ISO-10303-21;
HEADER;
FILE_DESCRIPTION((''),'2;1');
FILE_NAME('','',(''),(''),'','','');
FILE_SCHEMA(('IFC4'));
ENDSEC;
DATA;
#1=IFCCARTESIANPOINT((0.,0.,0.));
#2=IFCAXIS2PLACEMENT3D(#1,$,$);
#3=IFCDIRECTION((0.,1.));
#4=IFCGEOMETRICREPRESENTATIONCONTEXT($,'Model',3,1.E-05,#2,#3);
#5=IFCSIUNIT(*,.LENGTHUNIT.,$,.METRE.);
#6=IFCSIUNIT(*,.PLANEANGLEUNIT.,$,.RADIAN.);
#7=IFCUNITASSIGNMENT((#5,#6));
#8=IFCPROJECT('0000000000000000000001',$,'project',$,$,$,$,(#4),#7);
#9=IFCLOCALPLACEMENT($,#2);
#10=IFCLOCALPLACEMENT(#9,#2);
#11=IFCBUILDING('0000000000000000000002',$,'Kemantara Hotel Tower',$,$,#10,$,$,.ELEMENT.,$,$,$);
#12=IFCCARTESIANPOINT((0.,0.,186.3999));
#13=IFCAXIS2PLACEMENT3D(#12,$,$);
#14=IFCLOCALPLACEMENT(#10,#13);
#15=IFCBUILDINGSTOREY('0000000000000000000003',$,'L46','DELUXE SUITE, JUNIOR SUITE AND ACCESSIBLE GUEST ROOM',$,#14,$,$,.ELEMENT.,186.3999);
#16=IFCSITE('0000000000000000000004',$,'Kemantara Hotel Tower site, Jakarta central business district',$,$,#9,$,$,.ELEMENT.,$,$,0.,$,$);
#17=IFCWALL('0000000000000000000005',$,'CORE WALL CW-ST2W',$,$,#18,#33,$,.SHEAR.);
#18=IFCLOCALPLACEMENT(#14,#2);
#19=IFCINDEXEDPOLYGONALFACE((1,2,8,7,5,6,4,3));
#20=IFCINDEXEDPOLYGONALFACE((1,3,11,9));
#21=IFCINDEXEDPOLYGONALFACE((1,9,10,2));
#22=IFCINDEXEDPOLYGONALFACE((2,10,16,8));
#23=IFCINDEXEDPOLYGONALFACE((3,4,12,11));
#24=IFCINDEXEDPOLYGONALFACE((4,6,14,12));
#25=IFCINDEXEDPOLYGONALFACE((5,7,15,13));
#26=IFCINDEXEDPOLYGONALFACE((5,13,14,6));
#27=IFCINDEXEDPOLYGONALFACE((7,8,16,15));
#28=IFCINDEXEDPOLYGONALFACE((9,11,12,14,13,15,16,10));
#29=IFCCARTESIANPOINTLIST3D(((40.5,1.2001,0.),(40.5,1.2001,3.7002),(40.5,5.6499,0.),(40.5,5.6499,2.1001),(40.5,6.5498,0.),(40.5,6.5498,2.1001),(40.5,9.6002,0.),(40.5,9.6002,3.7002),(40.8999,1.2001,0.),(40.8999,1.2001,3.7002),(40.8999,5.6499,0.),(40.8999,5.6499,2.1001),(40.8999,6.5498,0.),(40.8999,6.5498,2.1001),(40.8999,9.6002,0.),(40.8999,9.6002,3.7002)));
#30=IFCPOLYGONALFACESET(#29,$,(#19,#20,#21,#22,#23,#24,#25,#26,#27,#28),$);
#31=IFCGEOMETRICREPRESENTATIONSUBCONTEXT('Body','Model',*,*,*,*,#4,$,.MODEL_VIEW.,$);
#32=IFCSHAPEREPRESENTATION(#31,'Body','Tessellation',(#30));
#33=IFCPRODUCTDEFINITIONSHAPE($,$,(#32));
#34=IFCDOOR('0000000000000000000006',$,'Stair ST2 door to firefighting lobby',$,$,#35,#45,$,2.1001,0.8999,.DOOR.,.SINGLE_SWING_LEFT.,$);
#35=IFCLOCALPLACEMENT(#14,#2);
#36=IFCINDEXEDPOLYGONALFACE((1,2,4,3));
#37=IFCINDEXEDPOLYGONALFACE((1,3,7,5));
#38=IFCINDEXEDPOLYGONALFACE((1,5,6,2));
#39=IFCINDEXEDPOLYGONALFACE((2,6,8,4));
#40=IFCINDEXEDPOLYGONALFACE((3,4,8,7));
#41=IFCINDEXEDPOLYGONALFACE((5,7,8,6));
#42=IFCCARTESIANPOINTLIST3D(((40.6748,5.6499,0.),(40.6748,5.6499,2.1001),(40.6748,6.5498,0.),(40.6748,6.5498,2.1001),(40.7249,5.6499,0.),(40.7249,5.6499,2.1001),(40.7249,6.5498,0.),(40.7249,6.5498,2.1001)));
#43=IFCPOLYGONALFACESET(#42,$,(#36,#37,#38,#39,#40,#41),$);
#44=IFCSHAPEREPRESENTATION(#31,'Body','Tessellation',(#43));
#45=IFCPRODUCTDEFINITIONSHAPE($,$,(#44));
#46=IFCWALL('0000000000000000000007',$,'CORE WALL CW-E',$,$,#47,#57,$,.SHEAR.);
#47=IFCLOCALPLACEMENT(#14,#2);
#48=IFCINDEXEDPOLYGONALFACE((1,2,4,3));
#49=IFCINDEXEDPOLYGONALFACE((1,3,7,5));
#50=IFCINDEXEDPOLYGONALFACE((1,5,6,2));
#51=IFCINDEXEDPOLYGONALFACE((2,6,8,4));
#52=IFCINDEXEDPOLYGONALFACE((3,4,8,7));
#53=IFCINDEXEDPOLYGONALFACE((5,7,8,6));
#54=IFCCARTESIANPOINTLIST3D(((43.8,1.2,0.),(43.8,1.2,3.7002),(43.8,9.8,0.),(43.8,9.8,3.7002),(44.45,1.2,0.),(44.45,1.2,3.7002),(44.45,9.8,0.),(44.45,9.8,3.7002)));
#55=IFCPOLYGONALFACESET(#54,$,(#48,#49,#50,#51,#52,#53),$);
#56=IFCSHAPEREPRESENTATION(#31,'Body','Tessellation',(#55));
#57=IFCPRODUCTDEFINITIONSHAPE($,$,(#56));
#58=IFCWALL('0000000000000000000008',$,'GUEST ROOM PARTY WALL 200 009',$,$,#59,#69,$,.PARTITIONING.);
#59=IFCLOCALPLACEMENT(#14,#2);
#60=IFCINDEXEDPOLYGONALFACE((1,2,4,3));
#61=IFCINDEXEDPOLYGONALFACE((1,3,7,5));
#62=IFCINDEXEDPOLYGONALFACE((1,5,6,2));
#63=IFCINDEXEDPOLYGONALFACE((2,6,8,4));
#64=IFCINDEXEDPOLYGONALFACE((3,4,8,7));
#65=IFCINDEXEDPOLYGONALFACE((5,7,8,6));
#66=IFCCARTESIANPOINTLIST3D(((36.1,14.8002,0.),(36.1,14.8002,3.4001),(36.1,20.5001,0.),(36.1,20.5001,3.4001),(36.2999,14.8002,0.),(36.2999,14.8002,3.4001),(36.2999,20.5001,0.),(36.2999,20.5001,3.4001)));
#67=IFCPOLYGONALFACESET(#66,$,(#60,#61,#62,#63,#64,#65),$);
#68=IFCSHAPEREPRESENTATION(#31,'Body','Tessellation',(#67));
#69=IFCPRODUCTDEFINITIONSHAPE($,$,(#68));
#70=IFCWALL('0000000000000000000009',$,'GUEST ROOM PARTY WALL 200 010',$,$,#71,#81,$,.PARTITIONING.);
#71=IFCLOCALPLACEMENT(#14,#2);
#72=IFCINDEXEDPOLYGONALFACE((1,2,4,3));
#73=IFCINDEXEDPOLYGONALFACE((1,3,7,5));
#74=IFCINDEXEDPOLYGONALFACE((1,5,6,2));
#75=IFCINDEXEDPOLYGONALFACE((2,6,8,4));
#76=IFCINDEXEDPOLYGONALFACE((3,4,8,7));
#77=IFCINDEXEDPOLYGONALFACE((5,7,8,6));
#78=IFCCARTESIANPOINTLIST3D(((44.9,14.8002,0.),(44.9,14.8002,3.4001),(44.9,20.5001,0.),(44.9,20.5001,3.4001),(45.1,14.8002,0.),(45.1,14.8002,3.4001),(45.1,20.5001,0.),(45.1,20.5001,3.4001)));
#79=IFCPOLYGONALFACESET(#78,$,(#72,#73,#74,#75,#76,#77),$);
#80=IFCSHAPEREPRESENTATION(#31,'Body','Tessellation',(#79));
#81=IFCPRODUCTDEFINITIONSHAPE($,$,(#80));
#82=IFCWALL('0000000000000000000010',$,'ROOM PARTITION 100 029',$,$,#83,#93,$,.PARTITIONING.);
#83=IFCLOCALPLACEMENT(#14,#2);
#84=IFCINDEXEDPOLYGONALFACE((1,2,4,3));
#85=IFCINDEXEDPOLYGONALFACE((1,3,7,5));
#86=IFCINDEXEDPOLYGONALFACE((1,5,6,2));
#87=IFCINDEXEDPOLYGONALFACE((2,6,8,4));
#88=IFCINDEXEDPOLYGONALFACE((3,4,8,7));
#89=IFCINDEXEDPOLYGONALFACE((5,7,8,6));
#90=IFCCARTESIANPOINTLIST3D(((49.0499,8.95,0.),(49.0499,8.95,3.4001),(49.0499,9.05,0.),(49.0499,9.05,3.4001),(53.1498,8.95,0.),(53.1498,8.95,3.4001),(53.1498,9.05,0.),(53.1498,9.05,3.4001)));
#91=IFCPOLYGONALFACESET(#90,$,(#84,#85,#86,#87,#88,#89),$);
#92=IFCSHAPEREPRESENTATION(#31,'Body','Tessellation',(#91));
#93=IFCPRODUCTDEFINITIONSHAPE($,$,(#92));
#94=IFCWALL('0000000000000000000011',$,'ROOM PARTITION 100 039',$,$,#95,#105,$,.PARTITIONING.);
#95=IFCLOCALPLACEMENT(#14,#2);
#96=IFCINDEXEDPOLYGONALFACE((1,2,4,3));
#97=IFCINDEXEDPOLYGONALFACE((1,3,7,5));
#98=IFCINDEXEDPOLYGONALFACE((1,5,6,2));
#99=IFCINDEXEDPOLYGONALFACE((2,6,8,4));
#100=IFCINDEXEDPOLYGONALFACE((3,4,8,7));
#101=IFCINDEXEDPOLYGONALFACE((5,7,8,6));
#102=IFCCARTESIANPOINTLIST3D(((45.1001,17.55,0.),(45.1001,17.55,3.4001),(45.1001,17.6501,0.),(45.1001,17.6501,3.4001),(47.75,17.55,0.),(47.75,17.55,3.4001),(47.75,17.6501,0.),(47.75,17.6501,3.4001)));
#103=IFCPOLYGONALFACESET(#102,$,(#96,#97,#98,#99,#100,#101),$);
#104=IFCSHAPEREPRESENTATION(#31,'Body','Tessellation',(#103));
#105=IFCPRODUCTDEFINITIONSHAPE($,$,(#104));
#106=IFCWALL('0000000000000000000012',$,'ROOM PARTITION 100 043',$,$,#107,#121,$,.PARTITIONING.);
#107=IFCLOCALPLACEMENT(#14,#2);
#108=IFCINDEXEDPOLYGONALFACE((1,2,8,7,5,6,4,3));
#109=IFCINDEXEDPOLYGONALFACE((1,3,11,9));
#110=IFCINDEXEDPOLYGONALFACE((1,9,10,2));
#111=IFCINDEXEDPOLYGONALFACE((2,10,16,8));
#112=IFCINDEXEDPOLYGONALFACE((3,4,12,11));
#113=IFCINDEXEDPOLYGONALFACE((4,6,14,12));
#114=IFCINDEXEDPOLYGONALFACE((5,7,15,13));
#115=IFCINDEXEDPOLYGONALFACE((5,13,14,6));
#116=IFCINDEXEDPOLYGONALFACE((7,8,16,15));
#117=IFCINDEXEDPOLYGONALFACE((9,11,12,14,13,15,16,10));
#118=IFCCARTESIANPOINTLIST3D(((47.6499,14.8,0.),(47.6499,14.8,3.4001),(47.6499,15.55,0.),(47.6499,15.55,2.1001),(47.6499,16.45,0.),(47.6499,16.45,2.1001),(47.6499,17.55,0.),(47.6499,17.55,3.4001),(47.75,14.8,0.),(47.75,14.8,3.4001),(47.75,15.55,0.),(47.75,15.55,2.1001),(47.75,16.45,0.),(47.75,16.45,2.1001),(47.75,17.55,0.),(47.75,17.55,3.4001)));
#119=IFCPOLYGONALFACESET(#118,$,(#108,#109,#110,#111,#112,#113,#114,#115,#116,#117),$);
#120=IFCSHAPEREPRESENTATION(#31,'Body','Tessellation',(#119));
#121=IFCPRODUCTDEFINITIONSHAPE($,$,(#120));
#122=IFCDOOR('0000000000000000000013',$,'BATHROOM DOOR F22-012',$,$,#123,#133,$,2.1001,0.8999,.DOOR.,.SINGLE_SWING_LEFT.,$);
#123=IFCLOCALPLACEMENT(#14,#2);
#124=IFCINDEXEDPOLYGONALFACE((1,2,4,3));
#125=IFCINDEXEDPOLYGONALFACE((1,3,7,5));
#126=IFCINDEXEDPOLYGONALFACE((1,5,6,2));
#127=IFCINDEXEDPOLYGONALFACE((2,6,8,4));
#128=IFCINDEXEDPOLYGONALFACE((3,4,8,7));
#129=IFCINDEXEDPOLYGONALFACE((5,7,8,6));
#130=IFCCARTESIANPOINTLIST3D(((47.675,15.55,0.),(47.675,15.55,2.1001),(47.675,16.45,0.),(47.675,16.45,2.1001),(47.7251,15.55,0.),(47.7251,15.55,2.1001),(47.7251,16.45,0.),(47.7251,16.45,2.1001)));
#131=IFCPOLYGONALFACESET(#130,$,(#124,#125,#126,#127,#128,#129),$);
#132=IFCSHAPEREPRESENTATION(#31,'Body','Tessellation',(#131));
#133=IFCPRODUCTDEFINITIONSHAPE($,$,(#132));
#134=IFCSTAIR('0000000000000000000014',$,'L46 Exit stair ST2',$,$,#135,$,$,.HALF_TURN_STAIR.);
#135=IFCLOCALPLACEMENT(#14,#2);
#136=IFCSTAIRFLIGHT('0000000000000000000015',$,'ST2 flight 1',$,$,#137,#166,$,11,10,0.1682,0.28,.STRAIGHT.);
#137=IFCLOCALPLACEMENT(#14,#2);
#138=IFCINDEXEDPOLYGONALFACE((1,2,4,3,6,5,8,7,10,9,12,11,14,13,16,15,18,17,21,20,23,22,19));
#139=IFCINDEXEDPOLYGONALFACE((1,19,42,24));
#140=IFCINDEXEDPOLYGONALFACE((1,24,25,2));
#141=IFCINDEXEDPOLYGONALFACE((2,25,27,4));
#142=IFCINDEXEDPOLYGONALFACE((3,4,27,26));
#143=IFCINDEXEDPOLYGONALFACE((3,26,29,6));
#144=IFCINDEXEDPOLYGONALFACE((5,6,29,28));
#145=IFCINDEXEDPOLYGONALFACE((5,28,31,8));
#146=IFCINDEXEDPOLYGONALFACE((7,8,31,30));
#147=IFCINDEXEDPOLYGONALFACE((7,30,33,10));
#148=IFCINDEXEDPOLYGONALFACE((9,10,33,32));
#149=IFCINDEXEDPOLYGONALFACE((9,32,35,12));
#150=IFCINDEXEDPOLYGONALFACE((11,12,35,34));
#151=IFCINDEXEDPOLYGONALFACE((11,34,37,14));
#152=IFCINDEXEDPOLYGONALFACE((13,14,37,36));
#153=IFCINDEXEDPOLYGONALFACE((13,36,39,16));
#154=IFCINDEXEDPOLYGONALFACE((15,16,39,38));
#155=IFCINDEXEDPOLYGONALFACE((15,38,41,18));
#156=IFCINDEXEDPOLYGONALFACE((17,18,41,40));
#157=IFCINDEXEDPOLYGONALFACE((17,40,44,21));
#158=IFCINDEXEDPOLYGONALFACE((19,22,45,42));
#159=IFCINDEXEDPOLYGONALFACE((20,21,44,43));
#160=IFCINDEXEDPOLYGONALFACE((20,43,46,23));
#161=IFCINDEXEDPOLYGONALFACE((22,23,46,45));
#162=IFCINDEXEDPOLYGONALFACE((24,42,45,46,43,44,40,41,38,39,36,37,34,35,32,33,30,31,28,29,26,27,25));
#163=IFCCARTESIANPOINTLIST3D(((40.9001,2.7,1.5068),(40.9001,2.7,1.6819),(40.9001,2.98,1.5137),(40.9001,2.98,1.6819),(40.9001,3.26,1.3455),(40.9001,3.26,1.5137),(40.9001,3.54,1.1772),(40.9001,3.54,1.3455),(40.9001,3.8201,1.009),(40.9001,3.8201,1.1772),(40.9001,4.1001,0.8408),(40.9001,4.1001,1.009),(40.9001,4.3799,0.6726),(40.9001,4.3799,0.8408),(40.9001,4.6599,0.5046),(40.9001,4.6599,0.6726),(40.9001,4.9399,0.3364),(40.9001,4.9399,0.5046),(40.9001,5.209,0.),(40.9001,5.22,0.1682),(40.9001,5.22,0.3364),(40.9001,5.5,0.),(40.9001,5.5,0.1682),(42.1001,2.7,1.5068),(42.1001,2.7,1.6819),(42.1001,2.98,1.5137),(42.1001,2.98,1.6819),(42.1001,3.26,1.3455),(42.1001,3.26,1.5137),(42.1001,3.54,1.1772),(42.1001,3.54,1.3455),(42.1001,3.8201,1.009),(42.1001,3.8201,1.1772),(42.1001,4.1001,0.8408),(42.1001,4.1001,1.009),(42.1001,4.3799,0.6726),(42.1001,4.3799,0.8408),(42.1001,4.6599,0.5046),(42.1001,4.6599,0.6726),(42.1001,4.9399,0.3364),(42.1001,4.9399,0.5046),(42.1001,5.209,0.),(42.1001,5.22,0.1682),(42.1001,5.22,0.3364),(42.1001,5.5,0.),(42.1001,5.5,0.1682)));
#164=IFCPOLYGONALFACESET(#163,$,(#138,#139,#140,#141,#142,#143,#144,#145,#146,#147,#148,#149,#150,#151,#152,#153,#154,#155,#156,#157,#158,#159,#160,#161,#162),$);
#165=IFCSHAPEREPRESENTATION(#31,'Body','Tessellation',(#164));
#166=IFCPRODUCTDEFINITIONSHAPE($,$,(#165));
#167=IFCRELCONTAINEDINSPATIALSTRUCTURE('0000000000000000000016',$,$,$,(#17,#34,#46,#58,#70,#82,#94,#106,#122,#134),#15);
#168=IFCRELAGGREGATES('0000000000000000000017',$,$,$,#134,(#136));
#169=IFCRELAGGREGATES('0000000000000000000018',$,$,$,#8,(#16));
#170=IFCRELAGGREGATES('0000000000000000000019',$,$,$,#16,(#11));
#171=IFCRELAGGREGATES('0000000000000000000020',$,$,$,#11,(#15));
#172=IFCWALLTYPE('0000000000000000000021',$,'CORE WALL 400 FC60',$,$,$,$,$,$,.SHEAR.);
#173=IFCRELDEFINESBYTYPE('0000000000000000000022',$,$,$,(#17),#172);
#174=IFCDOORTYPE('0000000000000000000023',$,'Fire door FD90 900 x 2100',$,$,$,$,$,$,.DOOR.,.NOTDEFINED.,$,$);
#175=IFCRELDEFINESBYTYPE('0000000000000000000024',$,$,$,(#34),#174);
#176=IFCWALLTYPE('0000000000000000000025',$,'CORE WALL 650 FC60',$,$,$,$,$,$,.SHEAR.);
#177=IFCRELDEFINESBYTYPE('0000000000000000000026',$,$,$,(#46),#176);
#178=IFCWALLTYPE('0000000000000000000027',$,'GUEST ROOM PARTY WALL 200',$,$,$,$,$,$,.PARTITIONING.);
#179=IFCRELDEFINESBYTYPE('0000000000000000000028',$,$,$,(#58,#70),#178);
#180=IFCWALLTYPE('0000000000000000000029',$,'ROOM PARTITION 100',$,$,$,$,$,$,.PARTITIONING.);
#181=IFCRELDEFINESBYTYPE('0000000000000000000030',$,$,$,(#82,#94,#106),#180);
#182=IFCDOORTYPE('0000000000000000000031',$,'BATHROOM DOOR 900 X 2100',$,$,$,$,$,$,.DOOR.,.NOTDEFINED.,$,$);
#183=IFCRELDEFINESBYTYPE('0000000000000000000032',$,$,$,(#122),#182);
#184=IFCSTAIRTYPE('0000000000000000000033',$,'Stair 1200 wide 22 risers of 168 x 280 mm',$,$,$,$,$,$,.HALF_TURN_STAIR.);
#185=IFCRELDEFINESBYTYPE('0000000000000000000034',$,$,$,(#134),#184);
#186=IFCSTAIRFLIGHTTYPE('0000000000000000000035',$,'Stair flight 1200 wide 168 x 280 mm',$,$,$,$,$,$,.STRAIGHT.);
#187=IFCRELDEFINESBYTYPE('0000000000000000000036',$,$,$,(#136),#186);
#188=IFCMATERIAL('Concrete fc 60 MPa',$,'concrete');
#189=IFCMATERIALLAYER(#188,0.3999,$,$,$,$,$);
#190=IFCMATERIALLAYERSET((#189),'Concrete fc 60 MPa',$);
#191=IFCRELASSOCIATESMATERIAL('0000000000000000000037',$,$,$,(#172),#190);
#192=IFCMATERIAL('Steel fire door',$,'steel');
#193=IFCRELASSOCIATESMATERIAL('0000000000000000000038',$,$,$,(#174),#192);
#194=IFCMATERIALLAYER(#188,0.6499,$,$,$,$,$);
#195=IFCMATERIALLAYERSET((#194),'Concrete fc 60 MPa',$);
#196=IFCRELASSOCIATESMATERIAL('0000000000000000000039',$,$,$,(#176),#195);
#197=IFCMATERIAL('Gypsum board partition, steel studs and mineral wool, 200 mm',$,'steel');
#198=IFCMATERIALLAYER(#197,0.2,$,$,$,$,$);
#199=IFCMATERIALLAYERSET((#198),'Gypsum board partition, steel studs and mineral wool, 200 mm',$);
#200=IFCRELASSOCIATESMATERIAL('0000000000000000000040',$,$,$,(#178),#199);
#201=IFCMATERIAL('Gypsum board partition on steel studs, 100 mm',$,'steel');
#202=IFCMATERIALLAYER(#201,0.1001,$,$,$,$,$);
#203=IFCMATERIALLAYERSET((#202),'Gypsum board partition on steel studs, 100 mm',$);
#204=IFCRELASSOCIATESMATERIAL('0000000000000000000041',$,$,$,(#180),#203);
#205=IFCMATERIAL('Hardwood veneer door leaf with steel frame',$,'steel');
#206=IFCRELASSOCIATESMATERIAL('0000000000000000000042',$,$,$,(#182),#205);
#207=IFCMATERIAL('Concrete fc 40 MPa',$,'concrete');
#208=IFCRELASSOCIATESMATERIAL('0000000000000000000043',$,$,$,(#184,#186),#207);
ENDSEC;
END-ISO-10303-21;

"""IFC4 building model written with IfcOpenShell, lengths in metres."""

from ifc_helpers import new_model, si_unit, direction, frame, frame_2d, origin, place, context, subcontext, project, spatial, polyline, rectangle, outline, extrude, material, layer, layer_set, type_object, element, fill, aggregate, save


model = new_model("IFC4")

# Units and contexts
model_context = context("Model", 3, precision=1e-05, world=origin(), true_north=direction((0.0, 1.0)))
body_context = subcontext(model_context, "Body", "Model", "MODEL_VIEW")
ifc_project = project(units=[si_unit("LENGTHUNIT", "METRE"), si_unit("PLANEANGLEUNIT", "RADIAN")], contexts=[model_context])

# Site, building, storey
site_placement = place(None, origin())
site = spatial("IfcSite", under=ifc_project, at=site_placement, Name="Kemantara Hotel Tower site, Jakarta central business district", CompositionType="ELEMENT", RefElevation=0.0)
building_placement = place(site_placement, origin())
building = spatial("IfcBuilding", under=site, at=building_placement, Name="Kemantara Hotel Tower", CompositionType="ELEMENT")
storey_placement = place(building_placement, frame((0.0, 0.0, 186.3999)))
storey = spatial("IfcBuildingStorey", under=building, at=storey_placement, Name="L46", Description="DELUXE SUITE, JUNIOR SUITE AND ACCESSIBLE GUEST ROOM", CompositionType="ELEMENT", Elevation=186.3999)

# Shared definitions
ifc_material_1 = material(Name="Concrete fc 60 MPa", Category="concrete")

# Wall, opening, door
ifc_layer_1 = layer(ifc_material_1, 0.3999)
ifc_layer_set_1 = layer_set([ifc_layer_1], Name="Concrete fc 60 MPa")
wall_type_1 = type_object("IfcWallType", Name="CORE WALL 400 FC60", PredefinedType="SHEAR", material=ifc_layer_set_1)
ifc_material_2 = material(Name="Steel fire door", Category="steel")
wall_1_placement = place(storey_placement, frame((40.7, 1.2, 0.0), z_axis=(0.0, 0.0, 1.0), x_axis=(0.0, 1.0, 0.0)))
wall_1 = element("IfcWall", 1, at=wall_1_placement, inside=storey, type_object=wall_type_1, Name="CORE WALL CW-ST2W", PredefinedType="SHEAR", context=body_context, shape_type="SweptSolid", body=[
    extrude(rectangle(XDim=8.4001, YDim=0.3999, at=frame_2d((4.2002, 0.0))), origin(), (0.0, 0.0, 1.0), 3.7002),
])
opening_1_placement = place(wall_1_placement, frame((4.45, 0.0, 0.0)))
opening_1 = element("IfcOpeningElement", 2, at=opening_1_placement, cuts=wall_1, PredefinedType="OPENING", context=body_context, shape_type="SweptSolid", body=[
    extrude(rectangle(XDim=0.8999, YDim=2.1001, at=frame_2d((0.45, 1.05))), frame((0.0, 0.21, 0.0), z_axis=(0.0, -1.0, 0.0), x_axis=(1.0, 0.0, 0.0)), (0.0, 0.0, 1.0), 0.4199),
])
door_type_1 = type_object("IfcDoorType", Name="Fire door FD90 900 x 2100", OperationType="NOTDEFINED", PredefinedType="DOOR", material=ifc_material_2)
door_1_placement = place(opening_1_placement, frame((0.8999, 0.0, 0.0), z_axis=(0.0, 0.0, 1.0), x_axis=(-1.0, 0.0, 0.0)))
door_1 = element("IfcDoor", 3, at=door_1_placement, inside=storey, type_object=door_type_1, Name="Stair ST2 door to firefighting lobby", OperationType="SINGLE_SWING_LEFT", OverallHeight=2.1001, OverallWidth=0.8999, PredefinedType="DOOR", context=body_context, shape_type="SweptSolid", body=[
    extrude(rectangle(XDim=0.8999, YDim=2.1001, at=frame_2d((0.45, 1.05))), frame((0.0, 0.0249, 0.0), z_axis=(0.0, -1.0, 0.0), x_axis=(1.0, 0.0, 0.0)), (0.0, 0.0, 1.0), 0.05),
])
fill(opening_1, door_1)

# Walls
ifc_layer_2 = layer(ifc_material_1, 0.6499)
ifc_layer_set_2 = layer_set([ifc_layer_2], Name="Concrete fc 60 MPa")
wall_type_2 = type_object("IfcWallType", Name="CORE WALL 650 FC60", PredefinedType="SHEAR", material=ifc_layer_set_2)
wall_2_placement = place(storey_placement, frame((44.125, 1.2, 0.0), z_axis=(0.0, 0.0, 1.0), x_axis=(0.0, 1.0, 0.0)))
element("IfcWall", 4, at=wall_2_placement, inside=storey, type_object=wall_type_2, Name="CORE WALL CW-E", PredefinedType="SHEAR", context=body_context, shape_type="SweptSolid", body=[
    extrude(rectangle(XDim=8.6001, YDim=0.6499, at=frame_2d((4.3, 0.0))), origin(), (0.0, 0.0, 1.0), 3.7002),
])
ifc_material_3 = material(Name="Gypsum board partition, steel studs and mineral wool, 200 mm", Category="steel")
ifc_layer_3 = layer(ifc_material_3, 0.2)
ifc_layer_set_3 = layer_set([ifc_layer_3], Name="Gypsum board partition, steel studs and mineral wool, 200 mm")
wall_type_3 = type_object("IfcWallType", Name="GUEST ROOM PARTY WALL 200", PredefinedType="PARTITIONING", material=ifc_layer_set_3)
for number, where, z_axis, x_axis, name in (
    (5, (36.2, 14.8, 0.0), (0.0, 0.0, 1.0), (0.0, 1.0, 0.0), "GUEST ROOM PARTY WALL 200 009"),
    (6, (45.0, 14.8, 0.0), (0.0, 0.0, 1.0), (0.0, 1.0, 0.0), "GUEST ROOM PARTY WALL 200 010"),
):
    element("IfcWall", number, at=place(storey_placement, frame(where, z_axis=z_axis, x_axis=x_axis)), inside=storey, type_object=wall_type_3, Name=name, PredefinedType="PARTITIONING", context=body_context, shape_type="SweptSolid", body=[
        extrude(rectangle(XDim=5.7, YDim=0.2, at=frame_2d((2.8501, 0.0))), origin(), (0.0, 0.0, 1.0), 3.4001),
    ])
ifc_material_4 = material(Name="Gypsum board partition on steel studs, 100 mm", Category="steel")
ifc_layer_4 = layer(ifc_material_4, 0.1001)
ifc_layer_set_4 = layer_set([ifc_layer_4], Name="Gypsum board partition on steel studs, 100 mm")
wall_type_4 = type_object("IfcWallType", Name="ROOM PARTITION 100", PredefinedType="PARTITIONING", material=ifc_layer_set_4)
wall_3_placement = place(storey_placement, frame((49.05, 9.0, 0.0), z_axis=(0.0, 0.0, 1.0), x_axis=(1.0, 0.0, 0.0)))
element("IfcWall", 7, at=wall_3_placement, inside=storey, type_object=wall_type_4, Name="ROOM PARTITION 100 029", PredefinedType="PARTITIONING", context=body_context, shape_type="SweptSolid", body=[
    extrude(rectangle(XDim=4.0999, YDim=0.1001, at=frame_2d((2.0498, 0.0))), origin(), (0.0, 0.0, 1.0), 3.4001),
])
wall_4_placement = place(storey_placement, frame((45.1001, 17.6001, 0.0), z_axis=(0.0, 0.0, 1.0), x_axis=(1.0, 0.0, 0.0)))
element("IfcWall", 8, at=wall_4_placement, inside=storey, type_object=wall_type_4, Name="ROOM PARTITION 100 039", PredefinedType="PARTITIONING", context=body_context, shape_type="SweptSolid", body=[
    extrude(rectangle(XDim=2.6499, YDim=0.1001, at=frame_2d((1.325, 0.0))), origin(), (0.0, 0.0, 1.0), 3.4001),
])

# Wall, opening, door
wall_5_placement = place(storey_placement, frame((47.7, 14.8, 0.0), z_axis=(0.0, 0.0, 1.0), x_axis=(0.0, 1.0, 0.0)))
wall_5 = element("IfcWall", 9, at=wall_5_placement, inside=storey, type_object=wall_type_4, Name="ROOM PARTITION 100 043", PredefinedType="PARTITIONING", context=body_context, shape_type="SweptSolid", body=[
    extrude(rectangle(XDim=2.75, YDim=0.1001, at=frame_2d((1.375, 0.0))), origin(), (0.0, 0.0, 1.0), 3.4001),
])
opening_2_placement = place(wall_5_placement, frame((0.75, 0.0, 0.0)))
opening_2 = element("IfcOpeningElement", 10, at=opening_2_placement, cuts=wall_5, PredefinedType="OPENING", context=body_context, shape_type="SweptSolid", body=[
    extrude(rectangle(XDim=0.8999, YDim=2.1001, at=frame_2d((0.45, 1.05))), frame((0.0, 0.0601, 0.0), z_axis=(0.0, -1.0, 0.0), x_axis=(1.0, 0.0, 0.0)), (0.0, 0.0, 1.0), 0.1201),
])
ifc_material_5 = material(Name="Hardwood veneer door leaf with steel frame", Category="steel")
door_type_2 = type_object("IfcDoorType", Name="BATHROOM DOOR 900 X 2100", OperationType="NOTDEFINED", PredefinedType="DOOR", material=ifc_material_5)
door_2_placement = place(opening_2_placement, origin())
door_2 = element("IfcDoor", 11, at=door_2_placement, inside=storey, type_object=door_type_2, Name="BATHROOM DOOR F22-012", OperationType="SINGLE_SWING_LEFT", OverallHeight=2.1001, OverallWidth=0.8999, PredefinedType="DOOR", context=body_context, shape_type="SweptSolid", body=[
    extrude(rectangle(XDim=0.8999, YDim=2.1001, at=frame_2d((0.45, 1.05))), frame((0.0, 0.0249, 0.0), z_axis=(0.0, -1.0, 0.0), x_axis=(1.0, 0.0, 0.0)), (0.0, 0.0, 1.0), 0.05),
])
fill(opening_2, door_2)

# Stair, stair flight
ifc_material_6 = material(Name="Concrete fc 40 MPa", Category="concrete")
stair_type = type_object("IfcStairType", Name="Stair 1200 wide 22 risers of 168 x 280 mm", PredefinedType="HALF_TURN_STAIR", material=ifc_material_6)
stair_placement = place(storey_placement, origin())
stair = element("IfcStair", 12, at=stair_placement, inside=storey, type_object=stair_type, Name="L46 Exit stair ST2", PredefinedType="HALF_TURN_STAIR")
stair_flight_type = type_object("IfcStairFlightType", Name="Stair flight 1200 wide 168 x 280 mm", PredefinedType="STRAIGHT", material=ifc_material_6)
stair_flight_1_placement = place(storey_placement, frame((41.5, 5.5, 0.0), z_axis=(0.0, 0.0, 1.0), x_axis=(0.0, -1.0, 0.0)))
stair_flight_1 = element("IfcStairFlight", 13, at=stair_flight_1_placement, type_object=stair_flight_type, Name="ST2 flight 1", NumberOfRisers=11, NumberOfTreads=10, PredefinedType="STRAIGHT", RiserHeight=0.1682, TreadLength=0.28, context=body_context, shape_type="SweptSolid", body=[
    extrude(outline(polyline([(0.0, 0.0), (0.0, 0.1682), (0.28, 0.1682), (0.28, 0.3364), (0.5601, 0.3364), (0.5601, 0.5046), (0.8401, 0.5046), (0.8401, 0.6726), (1.1201, 0.6726), (1.1201, 0.8408), (1.3999, 0.8408), (1.3999, 1.009), (1.6799, 1.009), (1.6799, 1.1772), (1.96, 1.1772), (1.96, 1.3455), (2.24, 1.3455), (2.24, 1.5137), (2.52, 1.5137), (2.52, 1.6819), (2.8, 1.6819), (2.8, 1.8501), (2.8, 1.5068), (0.291, 0.0), (0.0, 0.0)])), frame((0.0, 0.6001, 0.0), z_axis=(0.0, -1.0, 0.0), x_axis=(1.0, 0.0, 0.0)), (0.0, 0.0, 1.0), 1.2),
])
aggregate(stair, [stair_flight_1])

save(model, "model.ifc")
